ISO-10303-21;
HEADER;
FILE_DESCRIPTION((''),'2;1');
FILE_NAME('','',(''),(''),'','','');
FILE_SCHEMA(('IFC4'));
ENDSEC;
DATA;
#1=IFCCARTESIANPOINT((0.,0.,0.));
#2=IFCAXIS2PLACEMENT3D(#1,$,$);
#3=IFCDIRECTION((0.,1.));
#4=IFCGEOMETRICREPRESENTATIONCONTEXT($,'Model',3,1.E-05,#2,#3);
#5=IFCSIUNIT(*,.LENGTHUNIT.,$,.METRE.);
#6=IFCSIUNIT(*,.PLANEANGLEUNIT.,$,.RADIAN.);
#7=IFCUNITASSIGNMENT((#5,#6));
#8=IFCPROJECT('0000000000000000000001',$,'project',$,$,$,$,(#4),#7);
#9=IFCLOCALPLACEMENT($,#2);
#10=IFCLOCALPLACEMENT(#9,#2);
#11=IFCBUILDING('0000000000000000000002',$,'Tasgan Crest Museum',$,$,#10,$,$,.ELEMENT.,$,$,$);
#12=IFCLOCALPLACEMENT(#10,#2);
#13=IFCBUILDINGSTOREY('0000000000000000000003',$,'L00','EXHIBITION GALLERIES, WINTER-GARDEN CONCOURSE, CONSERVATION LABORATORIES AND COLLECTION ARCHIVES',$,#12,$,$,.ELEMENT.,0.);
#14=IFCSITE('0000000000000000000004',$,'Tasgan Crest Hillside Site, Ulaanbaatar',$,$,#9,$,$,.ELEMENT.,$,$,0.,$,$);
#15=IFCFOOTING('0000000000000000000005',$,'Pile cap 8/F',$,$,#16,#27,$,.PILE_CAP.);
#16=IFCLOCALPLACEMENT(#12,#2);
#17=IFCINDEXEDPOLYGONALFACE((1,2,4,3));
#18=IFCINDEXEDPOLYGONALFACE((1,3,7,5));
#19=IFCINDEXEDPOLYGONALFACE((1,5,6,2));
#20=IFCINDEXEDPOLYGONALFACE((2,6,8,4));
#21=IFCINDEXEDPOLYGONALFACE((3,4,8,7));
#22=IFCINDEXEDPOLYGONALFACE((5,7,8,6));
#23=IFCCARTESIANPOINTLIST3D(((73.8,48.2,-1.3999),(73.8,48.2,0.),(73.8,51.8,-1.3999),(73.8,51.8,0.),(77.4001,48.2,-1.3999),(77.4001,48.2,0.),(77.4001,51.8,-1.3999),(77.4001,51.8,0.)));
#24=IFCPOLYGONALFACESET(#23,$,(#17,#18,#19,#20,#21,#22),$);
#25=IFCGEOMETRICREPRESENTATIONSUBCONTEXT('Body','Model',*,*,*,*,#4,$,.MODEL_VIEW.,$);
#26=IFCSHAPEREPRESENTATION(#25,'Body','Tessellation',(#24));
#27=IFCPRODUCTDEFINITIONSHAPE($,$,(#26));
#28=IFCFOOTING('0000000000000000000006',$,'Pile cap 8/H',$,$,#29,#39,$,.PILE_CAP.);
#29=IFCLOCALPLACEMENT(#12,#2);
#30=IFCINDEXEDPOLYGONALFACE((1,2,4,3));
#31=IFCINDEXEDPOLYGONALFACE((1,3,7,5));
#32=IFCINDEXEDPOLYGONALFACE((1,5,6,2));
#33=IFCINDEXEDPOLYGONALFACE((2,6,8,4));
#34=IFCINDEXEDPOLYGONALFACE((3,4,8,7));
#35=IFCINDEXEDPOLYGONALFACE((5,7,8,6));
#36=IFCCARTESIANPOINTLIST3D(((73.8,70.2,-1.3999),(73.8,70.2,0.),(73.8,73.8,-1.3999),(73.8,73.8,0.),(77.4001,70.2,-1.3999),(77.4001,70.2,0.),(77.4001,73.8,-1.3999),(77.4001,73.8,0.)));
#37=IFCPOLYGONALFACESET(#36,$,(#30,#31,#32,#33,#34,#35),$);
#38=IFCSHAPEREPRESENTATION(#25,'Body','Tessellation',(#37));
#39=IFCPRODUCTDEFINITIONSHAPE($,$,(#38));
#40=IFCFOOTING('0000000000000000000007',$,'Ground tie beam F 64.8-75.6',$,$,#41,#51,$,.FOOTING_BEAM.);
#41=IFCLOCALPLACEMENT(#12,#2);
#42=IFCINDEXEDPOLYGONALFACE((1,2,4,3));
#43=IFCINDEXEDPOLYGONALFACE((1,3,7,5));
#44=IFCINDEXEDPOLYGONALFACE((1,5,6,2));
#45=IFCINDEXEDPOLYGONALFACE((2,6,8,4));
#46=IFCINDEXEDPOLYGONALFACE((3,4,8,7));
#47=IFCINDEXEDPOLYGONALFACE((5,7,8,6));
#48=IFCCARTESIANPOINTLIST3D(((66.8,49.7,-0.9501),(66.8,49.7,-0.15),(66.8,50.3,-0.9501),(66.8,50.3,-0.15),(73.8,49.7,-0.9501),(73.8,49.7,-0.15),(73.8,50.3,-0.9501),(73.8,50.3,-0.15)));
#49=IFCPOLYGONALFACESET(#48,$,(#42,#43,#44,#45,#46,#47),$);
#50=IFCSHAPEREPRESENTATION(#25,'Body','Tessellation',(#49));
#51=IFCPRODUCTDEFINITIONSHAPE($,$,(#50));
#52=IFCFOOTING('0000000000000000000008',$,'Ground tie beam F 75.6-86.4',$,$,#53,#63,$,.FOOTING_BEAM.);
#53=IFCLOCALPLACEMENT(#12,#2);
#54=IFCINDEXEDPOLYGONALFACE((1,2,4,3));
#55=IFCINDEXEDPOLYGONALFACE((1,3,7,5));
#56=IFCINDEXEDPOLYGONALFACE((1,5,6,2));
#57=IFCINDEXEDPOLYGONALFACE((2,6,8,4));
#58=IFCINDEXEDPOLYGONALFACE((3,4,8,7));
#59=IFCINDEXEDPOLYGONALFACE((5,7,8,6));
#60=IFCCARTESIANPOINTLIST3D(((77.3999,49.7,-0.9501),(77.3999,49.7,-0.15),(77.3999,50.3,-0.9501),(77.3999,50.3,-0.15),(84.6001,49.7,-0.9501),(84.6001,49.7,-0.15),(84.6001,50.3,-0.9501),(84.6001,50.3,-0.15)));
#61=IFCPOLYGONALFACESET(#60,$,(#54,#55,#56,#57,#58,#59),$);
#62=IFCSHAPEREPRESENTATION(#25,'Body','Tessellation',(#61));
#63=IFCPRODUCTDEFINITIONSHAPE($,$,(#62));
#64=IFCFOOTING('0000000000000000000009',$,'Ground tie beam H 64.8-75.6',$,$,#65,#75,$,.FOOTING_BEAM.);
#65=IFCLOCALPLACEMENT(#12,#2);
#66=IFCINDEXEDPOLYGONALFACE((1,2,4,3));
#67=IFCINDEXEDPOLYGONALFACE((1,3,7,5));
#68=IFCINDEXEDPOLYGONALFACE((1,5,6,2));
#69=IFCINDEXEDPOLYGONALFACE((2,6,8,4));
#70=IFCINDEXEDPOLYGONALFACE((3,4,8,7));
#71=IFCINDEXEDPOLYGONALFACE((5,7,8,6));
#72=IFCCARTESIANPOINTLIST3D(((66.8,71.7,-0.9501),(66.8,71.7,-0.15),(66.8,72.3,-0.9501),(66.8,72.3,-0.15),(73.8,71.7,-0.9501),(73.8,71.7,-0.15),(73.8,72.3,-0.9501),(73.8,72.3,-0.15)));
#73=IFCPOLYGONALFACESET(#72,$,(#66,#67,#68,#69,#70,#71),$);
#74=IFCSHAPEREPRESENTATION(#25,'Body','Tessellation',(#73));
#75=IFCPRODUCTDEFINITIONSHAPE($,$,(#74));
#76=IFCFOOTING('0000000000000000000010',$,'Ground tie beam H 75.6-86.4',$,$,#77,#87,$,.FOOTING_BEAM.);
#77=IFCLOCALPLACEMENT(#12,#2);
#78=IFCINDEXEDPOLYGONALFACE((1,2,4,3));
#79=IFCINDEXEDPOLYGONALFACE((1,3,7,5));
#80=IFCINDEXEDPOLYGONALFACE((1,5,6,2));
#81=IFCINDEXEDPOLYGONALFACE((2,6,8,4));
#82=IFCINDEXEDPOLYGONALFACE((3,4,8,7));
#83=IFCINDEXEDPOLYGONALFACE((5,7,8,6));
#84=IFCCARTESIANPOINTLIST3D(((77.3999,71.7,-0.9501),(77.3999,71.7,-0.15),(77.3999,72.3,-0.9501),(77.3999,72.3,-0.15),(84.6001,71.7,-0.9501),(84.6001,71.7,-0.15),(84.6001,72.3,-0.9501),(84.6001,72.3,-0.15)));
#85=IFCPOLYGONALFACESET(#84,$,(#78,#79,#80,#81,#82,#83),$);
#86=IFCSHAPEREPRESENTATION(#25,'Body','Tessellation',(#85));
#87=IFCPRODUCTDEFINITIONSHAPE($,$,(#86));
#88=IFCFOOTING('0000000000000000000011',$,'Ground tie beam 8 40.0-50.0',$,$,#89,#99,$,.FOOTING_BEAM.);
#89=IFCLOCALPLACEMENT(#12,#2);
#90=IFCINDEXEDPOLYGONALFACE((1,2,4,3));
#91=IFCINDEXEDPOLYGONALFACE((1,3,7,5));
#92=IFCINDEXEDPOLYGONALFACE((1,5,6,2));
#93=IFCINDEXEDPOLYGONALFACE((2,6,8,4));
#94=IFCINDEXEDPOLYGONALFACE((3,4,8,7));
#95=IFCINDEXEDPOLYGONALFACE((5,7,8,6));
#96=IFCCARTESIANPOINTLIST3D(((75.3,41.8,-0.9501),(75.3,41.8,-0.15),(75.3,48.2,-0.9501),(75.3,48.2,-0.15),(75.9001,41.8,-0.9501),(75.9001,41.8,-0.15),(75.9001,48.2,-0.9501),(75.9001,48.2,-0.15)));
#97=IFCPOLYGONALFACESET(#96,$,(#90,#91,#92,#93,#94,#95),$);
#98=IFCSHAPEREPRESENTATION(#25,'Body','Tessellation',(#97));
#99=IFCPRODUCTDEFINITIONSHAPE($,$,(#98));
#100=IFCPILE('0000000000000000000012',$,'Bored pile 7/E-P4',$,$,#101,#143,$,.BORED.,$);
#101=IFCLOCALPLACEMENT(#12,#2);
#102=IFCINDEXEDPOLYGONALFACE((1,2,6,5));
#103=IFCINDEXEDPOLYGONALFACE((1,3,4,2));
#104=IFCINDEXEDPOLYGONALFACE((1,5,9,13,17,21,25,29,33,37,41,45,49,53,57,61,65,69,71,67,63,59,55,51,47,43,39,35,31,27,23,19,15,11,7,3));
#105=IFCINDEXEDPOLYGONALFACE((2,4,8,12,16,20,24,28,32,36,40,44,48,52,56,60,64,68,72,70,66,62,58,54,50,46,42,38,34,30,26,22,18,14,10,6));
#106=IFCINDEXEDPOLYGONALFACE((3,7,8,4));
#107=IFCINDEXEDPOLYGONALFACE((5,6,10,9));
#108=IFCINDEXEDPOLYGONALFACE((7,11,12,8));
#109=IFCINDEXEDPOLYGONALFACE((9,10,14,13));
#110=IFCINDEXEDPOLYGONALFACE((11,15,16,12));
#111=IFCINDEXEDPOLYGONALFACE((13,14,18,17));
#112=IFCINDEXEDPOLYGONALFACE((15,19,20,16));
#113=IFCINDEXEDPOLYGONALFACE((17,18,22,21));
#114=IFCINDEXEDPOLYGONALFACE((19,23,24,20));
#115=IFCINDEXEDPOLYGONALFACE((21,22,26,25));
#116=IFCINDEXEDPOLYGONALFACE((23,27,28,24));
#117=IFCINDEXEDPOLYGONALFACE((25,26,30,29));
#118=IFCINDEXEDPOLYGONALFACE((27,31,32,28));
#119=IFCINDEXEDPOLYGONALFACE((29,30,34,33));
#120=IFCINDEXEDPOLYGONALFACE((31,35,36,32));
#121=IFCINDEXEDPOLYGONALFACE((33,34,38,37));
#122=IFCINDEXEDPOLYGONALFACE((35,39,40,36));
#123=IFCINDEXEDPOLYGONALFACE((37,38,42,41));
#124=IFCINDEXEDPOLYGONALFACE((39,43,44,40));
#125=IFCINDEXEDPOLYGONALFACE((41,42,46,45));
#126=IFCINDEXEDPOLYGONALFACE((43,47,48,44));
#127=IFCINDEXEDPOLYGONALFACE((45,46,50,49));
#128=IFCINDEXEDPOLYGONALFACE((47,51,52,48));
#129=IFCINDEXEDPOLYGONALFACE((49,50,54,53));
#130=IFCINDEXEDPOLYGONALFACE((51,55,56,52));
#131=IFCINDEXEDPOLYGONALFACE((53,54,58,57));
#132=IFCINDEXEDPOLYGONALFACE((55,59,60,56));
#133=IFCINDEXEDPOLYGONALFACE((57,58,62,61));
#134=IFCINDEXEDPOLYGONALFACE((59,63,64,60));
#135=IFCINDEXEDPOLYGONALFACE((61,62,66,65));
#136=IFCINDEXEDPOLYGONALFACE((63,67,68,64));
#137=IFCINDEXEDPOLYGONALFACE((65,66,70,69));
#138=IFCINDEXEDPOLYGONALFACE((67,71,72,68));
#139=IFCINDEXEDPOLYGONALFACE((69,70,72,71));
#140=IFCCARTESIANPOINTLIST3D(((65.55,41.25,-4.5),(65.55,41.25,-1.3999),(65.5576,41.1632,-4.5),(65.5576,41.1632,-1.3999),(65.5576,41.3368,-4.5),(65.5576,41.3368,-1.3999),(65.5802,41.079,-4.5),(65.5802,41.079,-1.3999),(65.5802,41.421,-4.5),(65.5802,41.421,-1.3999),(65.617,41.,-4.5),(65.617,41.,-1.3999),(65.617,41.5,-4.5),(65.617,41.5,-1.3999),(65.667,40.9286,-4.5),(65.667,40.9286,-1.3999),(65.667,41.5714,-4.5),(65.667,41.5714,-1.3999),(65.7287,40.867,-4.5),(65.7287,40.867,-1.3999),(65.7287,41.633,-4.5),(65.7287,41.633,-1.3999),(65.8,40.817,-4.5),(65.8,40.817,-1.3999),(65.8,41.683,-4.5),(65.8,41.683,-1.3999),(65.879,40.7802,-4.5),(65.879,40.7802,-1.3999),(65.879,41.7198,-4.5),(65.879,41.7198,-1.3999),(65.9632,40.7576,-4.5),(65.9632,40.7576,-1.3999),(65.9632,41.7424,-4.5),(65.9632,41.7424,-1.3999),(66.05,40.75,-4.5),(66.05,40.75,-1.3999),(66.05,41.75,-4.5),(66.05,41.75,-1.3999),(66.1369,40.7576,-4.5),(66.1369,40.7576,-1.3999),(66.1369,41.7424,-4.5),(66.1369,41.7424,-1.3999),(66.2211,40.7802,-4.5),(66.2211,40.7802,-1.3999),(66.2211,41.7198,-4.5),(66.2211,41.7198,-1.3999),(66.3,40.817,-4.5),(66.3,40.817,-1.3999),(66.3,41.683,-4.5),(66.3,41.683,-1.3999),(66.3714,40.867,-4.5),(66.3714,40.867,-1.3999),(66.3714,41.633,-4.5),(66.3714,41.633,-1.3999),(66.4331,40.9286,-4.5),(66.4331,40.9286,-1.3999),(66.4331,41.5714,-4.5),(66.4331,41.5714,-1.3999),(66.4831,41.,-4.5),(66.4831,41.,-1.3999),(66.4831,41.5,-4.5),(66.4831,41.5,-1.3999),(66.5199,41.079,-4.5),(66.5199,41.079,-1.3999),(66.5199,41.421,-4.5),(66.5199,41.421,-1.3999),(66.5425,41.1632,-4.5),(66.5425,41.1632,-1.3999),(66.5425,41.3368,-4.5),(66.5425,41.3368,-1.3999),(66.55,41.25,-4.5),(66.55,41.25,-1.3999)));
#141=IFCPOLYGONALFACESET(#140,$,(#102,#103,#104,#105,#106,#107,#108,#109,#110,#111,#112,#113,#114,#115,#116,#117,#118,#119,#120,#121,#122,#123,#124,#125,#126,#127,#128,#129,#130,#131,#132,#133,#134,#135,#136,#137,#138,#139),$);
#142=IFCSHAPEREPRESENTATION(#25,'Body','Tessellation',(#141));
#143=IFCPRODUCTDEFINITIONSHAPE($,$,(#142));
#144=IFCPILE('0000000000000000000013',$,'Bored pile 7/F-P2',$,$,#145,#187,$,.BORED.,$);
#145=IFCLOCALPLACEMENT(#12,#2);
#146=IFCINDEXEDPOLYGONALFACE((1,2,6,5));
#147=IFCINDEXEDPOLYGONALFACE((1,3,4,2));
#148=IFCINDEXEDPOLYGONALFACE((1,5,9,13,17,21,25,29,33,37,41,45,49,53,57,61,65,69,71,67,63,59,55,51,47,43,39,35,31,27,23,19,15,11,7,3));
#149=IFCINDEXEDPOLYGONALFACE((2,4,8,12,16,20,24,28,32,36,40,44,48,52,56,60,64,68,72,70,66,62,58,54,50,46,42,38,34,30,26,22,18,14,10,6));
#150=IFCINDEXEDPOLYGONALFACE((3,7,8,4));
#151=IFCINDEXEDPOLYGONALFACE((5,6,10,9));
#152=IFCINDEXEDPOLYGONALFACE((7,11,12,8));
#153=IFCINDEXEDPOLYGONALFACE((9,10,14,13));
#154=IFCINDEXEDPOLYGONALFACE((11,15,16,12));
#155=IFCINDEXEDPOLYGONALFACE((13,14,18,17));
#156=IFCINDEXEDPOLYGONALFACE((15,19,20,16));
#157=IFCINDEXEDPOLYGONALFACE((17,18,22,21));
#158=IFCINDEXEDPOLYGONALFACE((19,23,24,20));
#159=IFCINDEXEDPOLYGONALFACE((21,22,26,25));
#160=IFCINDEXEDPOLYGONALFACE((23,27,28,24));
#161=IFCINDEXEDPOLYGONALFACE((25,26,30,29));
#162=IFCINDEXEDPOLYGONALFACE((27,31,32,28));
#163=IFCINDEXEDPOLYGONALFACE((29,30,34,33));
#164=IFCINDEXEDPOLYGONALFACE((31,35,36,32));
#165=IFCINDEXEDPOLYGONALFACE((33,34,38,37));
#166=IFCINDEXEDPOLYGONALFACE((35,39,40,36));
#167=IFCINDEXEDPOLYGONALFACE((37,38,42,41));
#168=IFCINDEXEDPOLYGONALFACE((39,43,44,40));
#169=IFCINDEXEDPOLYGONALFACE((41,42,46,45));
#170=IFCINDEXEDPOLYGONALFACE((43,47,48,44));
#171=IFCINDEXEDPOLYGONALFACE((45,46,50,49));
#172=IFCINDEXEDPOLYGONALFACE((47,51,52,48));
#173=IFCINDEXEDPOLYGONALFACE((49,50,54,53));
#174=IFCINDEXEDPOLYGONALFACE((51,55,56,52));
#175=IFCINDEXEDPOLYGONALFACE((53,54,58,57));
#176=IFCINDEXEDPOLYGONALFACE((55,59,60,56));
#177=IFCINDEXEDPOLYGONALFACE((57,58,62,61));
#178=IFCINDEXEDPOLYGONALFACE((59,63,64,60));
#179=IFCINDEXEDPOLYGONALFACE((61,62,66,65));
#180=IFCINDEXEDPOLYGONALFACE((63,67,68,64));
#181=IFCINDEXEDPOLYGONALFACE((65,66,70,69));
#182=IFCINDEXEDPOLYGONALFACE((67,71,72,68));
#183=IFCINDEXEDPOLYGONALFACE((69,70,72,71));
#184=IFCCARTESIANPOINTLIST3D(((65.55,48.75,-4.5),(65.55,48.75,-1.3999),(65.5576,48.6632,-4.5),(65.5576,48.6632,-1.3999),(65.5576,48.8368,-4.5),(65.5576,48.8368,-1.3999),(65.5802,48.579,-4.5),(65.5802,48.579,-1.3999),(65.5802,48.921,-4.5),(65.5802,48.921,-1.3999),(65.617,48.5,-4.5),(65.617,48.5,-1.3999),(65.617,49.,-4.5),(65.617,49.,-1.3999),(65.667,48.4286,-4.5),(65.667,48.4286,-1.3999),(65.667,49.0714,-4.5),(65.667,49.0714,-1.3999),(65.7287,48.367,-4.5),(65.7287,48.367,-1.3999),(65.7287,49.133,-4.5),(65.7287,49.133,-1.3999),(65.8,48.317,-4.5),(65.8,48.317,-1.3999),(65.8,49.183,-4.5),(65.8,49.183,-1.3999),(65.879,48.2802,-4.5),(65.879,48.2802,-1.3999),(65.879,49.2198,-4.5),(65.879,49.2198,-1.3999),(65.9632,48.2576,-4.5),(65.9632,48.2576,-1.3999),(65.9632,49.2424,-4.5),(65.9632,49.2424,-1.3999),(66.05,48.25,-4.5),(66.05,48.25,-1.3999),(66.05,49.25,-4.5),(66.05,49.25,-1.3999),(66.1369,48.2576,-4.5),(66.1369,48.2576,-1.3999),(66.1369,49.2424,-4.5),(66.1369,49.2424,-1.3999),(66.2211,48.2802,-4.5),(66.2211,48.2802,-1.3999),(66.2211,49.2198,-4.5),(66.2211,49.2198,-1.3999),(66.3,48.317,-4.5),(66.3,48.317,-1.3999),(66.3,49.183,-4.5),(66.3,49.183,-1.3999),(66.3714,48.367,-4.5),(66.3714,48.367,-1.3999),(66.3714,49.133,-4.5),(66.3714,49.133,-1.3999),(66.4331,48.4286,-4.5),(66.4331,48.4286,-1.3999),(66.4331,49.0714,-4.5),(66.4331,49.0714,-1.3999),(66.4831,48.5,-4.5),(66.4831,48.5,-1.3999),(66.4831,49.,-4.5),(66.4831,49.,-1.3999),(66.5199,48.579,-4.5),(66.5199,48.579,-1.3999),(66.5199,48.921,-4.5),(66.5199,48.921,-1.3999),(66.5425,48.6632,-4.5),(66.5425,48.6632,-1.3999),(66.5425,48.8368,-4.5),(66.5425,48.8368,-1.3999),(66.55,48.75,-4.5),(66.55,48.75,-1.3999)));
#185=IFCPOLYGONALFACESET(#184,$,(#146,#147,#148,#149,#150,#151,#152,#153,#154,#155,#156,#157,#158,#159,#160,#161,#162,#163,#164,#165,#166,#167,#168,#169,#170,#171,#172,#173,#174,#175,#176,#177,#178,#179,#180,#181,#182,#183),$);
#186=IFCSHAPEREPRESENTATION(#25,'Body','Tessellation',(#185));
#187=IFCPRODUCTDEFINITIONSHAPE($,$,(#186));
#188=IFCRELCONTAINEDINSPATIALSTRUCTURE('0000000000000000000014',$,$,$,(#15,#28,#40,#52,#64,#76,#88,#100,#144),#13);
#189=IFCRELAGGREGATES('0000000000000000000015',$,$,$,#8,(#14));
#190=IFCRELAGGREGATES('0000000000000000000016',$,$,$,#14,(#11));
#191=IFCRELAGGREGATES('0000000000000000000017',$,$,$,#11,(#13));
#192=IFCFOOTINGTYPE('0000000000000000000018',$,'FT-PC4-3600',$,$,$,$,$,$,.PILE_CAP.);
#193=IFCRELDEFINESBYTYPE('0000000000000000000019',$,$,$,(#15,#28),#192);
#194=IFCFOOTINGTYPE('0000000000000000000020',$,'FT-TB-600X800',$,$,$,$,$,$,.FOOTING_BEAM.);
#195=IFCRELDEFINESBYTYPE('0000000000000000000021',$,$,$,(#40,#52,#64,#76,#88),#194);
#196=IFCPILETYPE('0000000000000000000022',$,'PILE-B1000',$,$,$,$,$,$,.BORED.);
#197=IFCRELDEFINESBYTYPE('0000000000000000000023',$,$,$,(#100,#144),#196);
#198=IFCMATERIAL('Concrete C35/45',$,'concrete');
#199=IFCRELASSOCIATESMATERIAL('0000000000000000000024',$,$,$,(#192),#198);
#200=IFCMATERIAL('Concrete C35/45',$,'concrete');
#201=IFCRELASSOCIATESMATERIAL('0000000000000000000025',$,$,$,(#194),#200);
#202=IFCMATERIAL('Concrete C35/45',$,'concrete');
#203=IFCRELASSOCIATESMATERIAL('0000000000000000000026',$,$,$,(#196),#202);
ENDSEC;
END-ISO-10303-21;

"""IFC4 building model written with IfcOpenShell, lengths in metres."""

from ifc_helpers import new_model, si_unit, direction, frame, origin, origin_2d, place, context, subcontext, project, spatial, rectangle, circle, extrude, material, material_profile, profile_set, type_object, element, save


model = new_model("IFC4")

# Units and contexts
model_context = context("Model", 3, precision=1e-05, world=origin(), true_north=direction((0.0, 1.0)))
body_context = subcontext(model_context, "Body", "Model", "MODEL_VIEW")
ifc_project = project(units=[si_unit("LENGTHUNIT", "METRE"), si_unit("PLANEANGLEUNIT", "RADIAN")], contexts=[model_context])

# Site, building, storey
site_placement = place(None, origin())
site = spatial("IfcSite", under=ifc_project, at=site_placement, Name="Tasgan Crest Hillside Site, Ulaanbaatar", CompositionType="ELEMENT", RefElevation=0.0)
building_placement = place(site_placement, origin())
building = spatial("IfcBuilding", under=site, at=building_placement, Name="Tasgan Crest Museum", CompositionType="ELEMENT")
storey_placement = place(building_placement, origin())
storey = spatial("IfcBuildingStorey", under=building, at=storey_placement, Name="L00", Description="EXHIBITION GALLERIES, WINTER-GARDEN CONCOURSE, CONSERVATION LABORATORIES AND COLLECTION ARCHIVES", CompositionType="ELEMENT", Elevation=0.0)

# Footings
ifc_material_1 = material(Name="Concrete C35/45", Category="concrete")
footing_type_1 = type_object("IfcFootingType", Name="FT-PC4-3600", PredefinedType="PILE_CAP", material=ifc_material_1)
for number, where, z_axis, x_axis, name in (
    (1, (75.6001, 50.0, -1.3999), (0.0, 0.0, 1.0), (1.0, 0.0, 0.0), "Pile cap 8/F"),
    (2, (75.6001, 72.0, -1.3999), (0.0, 0.0, 1.0), (1.0, 0.0, 0.0), "Pile cap 8/H"),
):
    element("IfcFooting", number, at=place(storey_placement, frame(where, z_axis=z_axis, x_axis=x_axis)), inside=storey, type_object=footing_type_1, Name=name, PredefinedType="PILE_CAP", context=body_context, shape_type="SweptSolid", body=[
        extrude(rectangle(XDim=3.6001, YDim=3.6001, at=origin_2d()), origin(), (0.0, 0.0, 1.0), 1.3999),
    ])
ifc_material_2 = material(Name="Concrete C35/45", Category="concrete")
ifc_material_profile_1 = material_profile(ifc_material_2, rectangle(XDim=0.6001, YDim=0.8, at=origin_2d()), Name="TB 600x800")
ifc_profile_set_1 = profile_set([ifc_material_profile_1], Name="Concrete C35/45")
footing_type_2 = type_object("IfcFootingType", Name="FT-TB-600X800", PredefinedType="FOOTING_BEAM", material=ifc_profile_set_1)
footing_1_placement = place(storey_placement, frame((66.8, 50.0, -0.55), z_axis=(1.0, 0.0, 0.0), x_axis=(0.0, 1.0, 0.0)))
element("IfcFooting", 3, at=footing_1_placement, inside=storey, type_object=footing_type_2, Name="Ground tie beam F 64.8-75.6", PredefinedType="FOOTING_BEAM", context=body_context, shape_type="SweptSolid", body=[
    extrude(rectangle(XDim=0.6001, YDim=0.8, at=origin_2d()), origin(), (0.0, 0.0, 1.0), 7.0),
])
footing_2_placement = place(storey_placement, frame((77.3999, 50.0, -0.55), z_axis=(1.0, 0.0, 0.0), x_axis=(0.0, 1.0, 0.0)))
element("IfcFooting", 4, at=footing_2_placement, inside=storey, type_object=footing_type_2, Name="Ground tie beam F 75.6-86.4", PredefinedType="FOOTING_BEAM", context=body_context, shape_type="SweptSolid", body=[
    extrude(rectangle(XDim=0.6001, YDim=0.8, at=origin_2d()), origin(), (0.0, 0.0, 1.0), 7.2002),
])
footing_3_placement = place(storey_placement, frame((66.8, 72.0, -0.55), z_axis=(1.0, 0.0, 0.0), x_axis=(0.0, 1.0, 0.0)))
element("IfcFooting", 5, at=footing_3_placement, inside=storey, type_object=footing_type_2, Name="Ground tie beam H 64.8-75.6", PredefinedType="FOOTING_BEAM", context=body_context, shape_type="SweptSolid", body=[
    extrude(rectangle(XDim=0.6001, YDim=0.8, at=origin_2d()), origin(), (0.0, 0.0, 1.0), 7.0),
])
footing_4_placement = place(storey_placement, frame((77.3999, 72.0, -0.55), z_axis=(1.0, 0.0, 0.0), x_axis=(0.0, 1.0, 0.0)))
element("IfcFooting", 6, at=footing_4_placement, inside=storey, type_object=footing_type_2, Name="Ground tie beam H 75.6-86.4", PredefinedType="FOOTING_BEAM", context=body_context, shape_type="SweptSolid", body=[
    extrude(rectangle(XDim=0.6001, YDim=0.8, at=origin_2d()), origin(), (0.0, 0.0, 1.0), 7.2002),
])
footing_5_placement = place(storey_placement, frame((75.6001, 41.8, -0.55), z_axis=(0.0, 1.0, 0.0), x_axis=(-1.0, 0.0, 0.0)))
element("IfcFooting", 7, at=footing_5_placement, inside=storey, type_object=footing_type_2, Name="Ground tie beam 8 40.0-50.0", PredefinedType="FOOTING_BEAM", context=body_context, shape_type="SweptSolid", body=[
    extrude(rectangle(XDim=0.6001, YDim=0.8, at=origin_2d()), origin(), (0.0, 0.0, 1.0), 6.3999),
])

# Piles
ifc_material_3 = material(Name="Concrete C35/45", Category="concrete")
ifc_material_profile_2 = material_profile(ifc_material_3, circle(Radius=0.5, at=origin_2d()), Name="PILE D1000")
ifc_profile_set_2 = profile_set([ifc_material_profile_2], Name="Concrete C35/45")
pile_type_1 = type_object("IfcPileType", Name="PILE-B1000", PredefinedType="BORED", material=ifc_profile_set_2)
for number, where, z_axis, x_axis, name in (
    (8, (66.05, 41.25, -1.3999), (0.0, 0.0, -1.0), (1.0, 0.0, 0.0), "Bored pile 7/E-P4"),
    (9, (66.05, 48.75, -1.3999), (0.0, 0.0, -1.0), (1.0, 0.0, 0.0), "Bored pile 7/F-P2"),
):
    element("IfcPile", number, at=place(storey_placement, frame(where, z_axis=z_axis, x_axis=x_axis)), inside=storey, type_object=pile_type_1, Name=name, PredefinedType="BORED", context=body_context, shape_type="SweptSolid", body=[
        extrude(circle(Radius=0.5, at=origin_2d()), origin(), (0.0, 0.0, 1.0), 3.1001),
    ])

save(model, "model.ifc")
